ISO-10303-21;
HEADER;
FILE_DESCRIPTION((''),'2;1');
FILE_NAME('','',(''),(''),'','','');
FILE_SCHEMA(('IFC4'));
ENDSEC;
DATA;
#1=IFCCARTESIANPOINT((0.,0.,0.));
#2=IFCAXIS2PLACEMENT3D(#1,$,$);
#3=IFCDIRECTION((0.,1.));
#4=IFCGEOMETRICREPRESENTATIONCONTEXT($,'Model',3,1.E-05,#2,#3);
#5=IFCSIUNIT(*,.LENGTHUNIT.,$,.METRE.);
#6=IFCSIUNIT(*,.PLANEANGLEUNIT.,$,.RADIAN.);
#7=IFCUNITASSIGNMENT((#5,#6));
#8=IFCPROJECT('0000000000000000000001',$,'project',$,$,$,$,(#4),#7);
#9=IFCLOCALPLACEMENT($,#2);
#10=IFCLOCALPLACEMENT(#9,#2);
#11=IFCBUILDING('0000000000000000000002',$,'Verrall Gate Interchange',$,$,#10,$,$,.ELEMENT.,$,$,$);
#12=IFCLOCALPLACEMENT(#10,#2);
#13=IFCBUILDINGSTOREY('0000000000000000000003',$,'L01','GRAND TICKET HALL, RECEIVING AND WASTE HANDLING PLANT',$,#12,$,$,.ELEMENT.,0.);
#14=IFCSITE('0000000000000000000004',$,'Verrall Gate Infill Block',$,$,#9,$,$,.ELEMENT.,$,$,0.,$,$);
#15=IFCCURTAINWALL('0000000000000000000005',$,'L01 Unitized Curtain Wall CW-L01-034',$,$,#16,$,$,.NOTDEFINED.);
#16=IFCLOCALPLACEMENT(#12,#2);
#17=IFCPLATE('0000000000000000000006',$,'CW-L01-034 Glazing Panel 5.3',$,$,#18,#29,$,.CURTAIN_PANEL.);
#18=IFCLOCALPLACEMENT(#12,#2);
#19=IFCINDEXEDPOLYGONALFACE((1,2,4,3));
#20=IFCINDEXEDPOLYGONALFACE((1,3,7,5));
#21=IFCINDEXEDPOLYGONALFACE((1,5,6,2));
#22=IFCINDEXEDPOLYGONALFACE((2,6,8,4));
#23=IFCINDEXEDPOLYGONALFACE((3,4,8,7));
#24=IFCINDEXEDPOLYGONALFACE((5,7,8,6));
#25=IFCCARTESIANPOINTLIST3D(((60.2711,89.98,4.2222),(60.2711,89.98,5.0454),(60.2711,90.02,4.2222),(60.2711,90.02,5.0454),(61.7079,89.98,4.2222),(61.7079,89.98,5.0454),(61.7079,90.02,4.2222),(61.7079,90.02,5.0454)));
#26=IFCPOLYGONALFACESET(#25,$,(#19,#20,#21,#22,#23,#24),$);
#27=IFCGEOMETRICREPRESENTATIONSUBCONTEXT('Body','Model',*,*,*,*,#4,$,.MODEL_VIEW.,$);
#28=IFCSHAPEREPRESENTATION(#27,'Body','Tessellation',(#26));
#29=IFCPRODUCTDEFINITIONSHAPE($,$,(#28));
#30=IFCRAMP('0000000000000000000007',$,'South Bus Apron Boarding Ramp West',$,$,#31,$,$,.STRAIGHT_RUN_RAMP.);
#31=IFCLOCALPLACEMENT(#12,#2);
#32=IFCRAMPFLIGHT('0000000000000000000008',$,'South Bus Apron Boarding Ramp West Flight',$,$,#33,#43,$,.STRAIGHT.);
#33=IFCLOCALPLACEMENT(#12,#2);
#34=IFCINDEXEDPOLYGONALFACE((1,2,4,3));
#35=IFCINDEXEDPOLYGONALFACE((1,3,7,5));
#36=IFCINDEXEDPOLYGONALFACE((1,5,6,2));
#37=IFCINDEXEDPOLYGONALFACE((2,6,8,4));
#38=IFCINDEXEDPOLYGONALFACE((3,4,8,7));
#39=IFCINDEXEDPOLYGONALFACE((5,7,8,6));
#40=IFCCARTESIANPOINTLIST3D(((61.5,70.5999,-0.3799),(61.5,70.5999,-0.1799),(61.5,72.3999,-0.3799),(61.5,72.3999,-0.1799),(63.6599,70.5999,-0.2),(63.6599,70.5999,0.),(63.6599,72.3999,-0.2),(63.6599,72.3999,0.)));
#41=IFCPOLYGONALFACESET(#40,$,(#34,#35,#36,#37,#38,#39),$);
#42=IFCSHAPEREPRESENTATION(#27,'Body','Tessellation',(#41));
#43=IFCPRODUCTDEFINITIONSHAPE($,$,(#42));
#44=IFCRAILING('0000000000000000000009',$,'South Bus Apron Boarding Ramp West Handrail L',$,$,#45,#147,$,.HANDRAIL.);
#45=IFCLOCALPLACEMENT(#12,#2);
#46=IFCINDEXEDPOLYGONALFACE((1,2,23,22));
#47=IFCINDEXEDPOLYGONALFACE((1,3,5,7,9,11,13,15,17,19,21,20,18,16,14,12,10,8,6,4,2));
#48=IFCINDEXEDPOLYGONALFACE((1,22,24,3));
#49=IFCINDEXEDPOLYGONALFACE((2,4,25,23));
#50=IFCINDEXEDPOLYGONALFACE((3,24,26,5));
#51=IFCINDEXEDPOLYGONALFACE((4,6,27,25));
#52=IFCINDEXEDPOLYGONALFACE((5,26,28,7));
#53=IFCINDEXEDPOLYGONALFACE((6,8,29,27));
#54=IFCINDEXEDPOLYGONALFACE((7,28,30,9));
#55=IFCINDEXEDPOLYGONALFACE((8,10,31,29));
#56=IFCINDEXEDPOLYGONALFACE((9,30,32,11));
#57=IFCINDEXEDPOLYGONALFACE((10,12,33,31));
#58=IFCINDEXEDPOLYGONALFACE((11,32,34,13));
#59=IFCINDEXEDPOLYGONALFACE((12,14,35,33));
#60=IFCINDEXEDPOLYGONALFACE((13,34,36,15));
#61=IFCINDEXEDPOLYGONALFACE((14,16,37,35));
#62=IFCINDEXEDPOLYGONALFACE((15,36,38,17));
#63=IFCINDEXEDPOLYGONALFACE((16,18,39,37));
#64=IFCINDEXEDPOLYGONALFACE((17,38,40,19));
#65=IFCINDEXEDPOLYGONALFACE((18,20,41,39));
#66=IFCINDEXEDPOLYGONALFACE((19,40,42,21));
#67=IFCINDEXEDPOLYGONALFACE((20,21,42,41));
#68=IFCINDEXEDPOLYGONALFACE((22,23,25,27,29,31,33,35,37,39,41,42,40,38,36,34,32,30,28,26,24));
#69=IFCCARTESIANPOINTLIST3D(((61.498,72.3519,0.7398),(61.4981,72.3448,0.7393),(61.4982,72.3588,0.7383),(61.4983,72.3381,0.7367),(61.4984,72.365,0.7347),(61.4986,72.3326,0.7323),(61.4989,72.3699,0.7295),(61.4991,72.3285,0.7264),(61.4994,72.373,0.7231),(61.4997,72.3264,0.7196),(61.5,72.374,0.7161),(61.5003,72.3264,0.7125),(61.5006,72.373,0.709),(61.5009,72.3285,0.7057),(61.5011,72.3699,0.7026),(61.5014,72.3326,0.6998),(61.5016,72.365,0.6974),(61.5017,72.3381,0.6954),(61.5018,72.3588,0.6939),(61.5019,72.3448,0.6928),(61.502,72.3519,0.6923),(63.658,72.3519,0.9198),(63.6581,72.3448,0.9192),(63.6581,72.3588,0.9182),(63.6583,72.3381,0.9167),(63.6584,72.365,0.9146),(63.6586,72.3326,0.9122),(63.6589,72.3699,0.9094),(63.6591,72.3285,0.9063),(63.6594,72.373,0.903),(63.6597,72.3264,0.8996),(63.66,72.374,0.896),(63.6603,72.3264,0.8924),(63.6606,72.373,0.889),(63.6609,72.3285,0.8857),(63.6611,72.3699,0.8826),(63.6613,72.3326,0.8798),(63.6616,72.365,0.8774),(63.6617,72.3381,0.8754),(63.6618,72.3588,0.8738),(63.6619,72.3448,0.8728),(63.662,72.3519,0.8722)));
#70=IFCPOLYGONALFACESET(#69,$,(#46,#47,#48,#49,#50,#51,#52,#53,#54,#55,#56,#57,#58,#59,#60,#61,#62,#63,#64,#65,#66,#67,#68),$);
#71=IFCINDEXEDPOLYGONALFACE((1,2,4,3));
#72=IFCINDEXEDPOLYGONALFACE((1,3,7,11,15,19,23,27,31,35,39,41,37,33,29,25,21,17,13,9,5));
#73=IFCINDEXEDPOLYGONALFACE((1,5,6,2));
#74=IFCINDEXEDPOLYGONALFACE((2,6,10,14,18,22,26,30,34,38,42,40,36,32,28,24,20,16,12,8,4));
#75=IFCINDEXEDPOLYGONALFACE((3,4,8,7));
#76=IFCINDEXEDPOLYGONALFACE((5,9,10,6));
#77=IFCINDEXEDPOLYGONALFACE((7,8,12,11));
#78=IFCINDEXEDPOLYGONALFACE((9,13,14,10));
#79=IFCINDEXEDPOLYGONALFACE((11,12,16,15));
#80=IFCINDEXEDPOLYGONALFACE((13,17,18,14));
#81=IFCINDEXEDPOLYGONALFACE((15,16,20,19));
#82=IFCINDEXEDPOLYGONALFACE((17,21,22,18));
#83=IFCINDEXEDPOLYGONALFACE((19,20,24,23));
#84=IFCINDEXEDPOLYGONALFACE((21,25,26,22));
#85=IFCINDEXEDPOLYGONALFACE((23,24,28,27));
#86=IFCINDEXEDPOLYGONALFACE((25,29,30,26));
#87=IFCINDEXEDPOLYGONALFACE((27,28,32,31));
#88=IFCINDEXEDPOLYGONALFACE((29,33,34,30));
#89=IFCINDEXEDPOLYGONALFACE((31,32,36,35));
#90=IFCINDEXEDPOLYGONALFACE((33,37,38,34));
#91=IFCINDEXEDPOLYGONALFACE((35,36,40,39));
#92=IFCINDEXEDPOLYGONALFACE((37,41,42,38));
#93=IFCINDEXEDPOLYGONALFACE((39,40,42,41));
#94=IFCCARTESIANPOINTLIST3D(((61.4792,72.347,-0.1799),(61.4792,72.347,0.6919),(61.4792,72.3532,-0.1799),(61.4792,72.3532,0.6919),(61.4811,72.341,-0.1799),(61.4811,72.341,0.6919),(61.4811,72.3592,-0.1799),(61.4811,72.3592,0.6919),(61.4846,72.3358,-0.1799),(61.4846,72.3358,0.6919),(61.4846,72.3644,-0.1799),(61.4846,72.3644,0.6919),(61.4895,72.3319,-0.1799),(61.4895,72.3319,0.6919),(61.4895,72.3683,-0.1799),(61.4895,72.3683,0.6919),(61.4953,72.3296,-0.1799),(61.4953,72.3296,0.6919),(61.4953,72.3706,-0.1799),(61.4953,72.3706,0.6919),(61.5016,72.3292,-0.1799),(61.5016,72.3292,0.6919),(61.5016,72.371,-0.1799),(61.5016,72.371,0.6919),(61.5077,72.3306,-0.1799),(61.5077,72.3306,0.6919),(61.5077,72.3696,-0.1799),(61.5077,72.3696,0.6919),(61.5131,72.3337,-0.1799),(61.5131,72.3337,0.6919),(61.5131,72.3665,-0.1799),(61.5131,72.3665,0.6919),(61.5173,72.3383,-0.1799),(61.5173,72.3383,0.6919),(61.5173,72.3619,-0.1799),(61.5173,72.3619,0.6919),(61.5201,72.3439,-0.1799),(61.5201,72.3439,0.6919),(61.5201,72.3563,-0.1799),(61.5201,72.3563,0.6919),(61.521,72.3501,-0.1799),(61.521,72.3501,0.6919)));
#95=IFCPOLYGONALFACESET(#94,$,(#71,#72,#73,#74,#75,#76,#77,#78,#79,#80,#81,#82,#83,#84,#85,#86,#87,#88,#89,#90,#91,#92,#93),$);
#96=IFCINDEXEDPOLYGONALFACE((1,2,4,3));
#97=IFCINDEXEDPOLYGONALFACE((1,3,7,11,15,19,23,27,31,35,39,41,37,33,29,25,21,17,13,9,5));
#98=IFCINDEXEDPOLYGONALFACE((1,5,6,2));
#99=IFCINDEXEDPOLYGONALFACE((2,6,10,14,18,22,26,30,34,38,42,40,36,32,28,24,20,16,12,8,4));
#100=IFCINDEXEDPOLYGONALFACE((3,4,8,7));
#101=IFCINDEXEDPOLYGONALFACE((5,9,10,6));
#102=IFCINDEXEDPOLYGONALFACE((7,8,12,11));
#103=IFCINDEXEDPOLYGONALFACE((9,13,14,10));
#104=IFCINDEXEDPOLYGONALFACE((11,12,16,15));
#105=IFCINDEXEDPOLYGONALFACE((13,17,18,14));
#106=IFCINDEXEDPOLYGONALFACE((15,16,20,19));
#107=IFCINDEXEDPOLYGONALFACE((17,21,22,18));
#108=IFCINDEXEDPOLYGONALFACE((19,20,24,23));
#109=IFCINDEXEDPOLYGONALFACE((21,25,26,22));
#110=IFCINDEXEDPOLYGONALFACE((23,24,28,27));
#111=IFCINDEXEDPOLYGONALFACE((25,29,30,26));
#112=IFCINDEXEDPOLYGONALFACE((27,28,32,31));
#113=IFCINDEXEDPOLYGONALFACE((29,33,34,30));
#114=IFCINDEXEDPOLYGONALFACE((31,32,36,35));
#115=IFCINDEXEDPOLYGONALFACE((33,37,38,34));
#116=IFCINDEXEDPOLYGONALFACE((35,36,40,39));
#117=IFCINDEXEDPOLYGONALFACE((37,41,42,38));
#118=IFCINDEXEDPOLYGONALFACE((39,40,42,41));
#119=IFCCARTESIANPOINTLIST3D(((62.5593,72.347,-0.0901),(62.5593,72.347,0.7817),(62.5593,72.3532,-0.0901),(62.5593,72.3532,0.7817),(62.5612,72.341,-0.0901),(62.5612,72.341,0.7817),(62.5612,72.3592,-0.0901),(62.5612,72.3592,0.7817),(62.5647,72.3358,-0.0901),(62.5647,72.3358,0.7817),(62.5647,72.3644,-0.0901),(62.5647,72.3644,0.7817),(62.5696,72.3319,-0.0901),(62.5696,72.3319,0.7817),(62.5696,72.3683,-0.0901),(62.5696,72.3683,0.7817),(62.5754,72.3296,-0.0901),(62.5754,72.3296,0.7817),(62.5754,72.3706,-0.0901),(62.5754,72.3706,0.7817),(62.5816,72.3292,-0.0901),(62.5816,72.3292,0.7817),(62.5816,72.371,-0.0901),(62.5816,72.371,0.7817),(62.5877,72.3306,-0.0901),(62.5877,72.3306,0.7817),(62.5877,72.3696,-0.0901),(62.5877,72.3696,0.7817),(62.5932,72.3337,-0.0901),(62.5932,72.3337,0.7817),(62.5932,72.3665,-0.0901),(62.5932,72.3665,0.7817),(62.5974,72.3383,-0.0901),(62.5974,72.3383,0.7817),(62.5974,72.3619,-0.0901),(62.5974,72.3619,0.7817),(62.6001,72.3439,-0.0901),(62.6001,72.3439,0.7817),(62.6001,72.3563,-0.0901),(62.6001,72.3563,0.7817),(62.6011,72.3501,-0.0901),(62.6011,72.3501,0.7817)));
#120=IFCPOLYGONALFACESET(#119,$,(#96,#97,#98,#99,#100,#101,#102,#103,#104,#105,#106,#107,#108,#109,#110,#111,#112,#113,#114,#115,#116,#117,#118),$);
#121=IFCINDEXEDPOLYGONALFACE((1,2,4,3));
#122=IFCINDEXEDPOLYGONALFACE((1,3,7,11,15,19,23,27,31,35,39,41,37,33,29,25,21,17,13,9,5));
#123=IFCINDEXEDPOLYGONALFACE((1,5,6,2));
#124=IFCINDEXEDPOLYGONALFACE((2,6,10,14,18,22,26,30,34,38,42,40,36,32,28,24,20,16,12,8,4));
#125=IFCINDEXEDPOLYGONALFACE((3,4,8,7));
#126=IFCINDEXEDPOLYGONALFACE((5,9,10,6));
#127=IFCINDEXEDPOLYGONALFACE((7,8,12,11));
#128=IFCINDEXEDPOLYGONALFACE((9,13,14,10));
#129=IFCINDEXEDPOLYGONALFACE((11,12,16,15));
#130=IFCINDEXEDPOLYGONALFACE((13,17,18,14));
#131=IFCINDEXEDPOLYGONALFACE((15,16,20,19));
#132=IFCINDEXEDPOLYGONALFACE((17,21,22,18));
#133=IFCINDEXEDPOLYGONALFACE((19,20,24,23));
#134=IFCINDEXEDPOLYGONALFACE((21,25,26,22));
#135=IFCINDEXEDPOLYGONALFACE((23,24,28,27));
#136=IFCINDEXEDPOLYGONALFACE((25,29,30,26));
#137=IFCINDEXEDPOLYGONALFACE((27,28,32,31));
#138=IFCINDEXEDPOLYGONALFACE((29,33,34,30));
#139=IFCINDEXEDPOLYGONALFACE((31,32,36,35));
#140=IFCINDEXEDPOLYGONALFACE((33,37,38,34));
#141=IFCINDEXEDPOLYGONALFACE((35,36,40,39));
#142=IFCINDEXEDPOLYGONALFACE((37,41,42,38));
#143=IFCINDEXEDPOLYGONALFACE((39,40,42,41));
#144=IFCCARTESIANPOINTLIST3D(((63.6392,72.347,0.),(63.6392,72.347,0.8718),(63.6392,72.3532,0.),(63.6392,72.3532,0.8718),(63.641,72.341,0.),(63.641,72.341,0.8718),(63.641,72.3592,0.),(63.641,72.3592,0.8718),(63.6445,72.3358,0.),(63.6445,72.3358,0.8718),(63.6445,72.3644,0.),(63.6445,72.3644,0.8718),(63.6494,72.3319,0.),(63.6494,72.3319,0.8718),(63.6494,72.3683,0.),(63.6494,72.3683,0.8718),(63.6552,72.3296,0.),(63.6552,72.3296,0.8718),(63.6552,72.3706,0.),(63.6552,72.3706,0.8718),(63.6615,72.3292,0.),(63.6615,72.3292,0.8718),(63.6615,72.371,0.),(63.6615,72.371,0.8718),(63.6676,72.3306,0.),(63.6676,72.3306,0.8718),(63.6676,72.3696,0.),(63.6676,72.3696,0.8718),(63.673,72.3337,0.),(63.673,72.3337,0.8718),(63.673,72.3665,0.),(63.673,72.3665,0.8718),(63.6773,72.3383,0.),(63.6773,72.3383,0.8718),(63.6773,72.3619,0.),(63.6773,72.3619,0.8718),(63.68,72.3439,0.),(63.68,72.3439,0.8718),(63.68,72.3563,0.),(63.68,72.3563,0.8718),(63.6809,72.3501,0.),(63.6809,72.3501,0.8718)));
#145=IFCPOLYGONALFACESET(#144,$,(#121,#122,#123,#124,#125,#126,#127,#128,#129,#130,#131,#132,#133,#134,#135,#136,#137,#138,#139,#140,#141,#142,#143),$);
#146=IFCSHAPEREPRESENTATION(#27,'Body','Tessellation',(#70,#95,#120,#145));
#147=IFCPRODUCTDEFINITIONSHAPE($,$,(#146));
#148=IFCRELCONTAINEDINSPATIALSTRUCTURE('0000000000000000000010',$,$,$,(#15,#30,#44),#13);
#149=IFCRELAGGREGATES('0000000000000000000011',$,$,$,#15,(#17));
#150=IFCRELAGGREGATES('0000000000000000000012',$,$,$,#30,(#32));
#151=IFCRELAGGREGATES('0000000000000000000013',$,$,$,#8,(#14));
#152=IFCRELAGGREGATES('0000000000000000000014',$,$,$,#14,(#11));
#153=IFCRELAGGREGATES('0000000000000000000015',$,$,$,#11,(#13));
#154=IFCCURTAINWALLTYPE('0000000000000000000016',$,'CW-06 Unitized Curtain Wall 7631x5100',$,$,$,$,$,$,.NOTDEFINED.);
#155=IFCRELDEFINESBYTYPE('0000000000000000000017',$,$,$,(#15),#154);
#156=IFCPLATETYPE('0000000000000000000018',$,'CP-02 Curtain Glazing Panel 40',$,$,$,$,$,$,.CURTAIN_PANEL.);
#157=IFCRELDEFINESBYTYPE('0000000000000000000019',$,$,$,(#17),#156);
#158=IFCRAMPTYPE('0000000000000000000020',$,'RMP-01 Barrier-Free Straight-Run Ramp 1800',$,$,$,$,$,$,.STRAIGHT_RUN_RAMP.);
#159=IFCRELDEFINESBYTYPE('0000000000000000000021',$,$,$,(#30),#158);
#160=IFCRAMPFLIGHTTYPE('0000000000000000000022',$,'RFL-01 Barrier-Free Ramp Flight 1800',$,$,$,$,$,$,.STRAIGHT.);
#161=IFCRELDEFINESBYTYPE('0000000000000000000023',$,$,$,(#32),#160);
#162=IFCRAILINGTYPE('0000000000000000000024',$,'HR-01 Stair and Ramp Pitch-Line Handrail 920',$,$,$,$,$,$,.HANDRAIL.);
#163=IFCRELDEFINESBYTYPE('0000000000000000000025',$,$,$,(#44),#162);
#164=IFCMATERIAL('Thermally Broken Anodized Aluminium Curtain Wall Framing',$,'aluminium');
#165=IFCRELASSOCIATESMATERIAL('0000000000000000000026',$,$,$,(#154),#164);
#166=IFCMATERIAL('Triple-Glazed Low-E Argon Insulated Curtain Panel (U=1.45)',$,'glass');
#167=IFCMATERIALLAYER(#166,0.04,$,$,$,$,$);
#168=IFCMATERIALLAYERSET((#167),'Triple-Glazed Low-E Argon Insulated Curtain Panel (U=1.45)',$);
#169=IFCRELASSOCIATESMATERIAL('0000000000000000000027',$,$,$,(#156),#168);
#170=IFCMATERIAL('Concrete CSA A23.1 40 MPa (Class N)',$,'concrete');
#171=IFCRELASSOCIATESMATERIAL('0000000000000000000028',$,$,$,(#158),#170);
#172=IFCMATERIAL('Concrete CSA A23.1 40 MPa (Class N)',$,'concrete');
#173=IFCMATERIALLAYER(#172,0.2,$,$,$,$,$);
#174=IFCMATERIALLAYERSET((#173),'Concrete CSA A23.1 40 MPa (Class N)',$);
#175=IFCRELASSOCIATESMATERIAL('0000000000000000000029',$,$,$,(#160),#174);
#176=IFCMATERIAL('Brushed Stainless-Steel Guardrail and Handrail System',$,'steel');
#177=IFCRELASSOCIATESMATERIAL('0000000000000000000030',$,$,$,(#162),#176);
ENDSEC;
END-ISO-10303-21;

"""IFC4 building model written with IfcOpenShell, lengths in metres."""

from ifc_helpers import new_model, si_unit, direction, frame, origin, origin_2d, place, context, subcontext, project, spatial, polyline, rectangle, circle, outline, extrude, material, layer, layer_set, type_object, element, aggregate, save


model = new_model("IFC4")

# Units and contexts
model_context = context("Model", 3, precision=1e-05, world=origin(), true_north=direction((0.0, 1.0)))
body_context = subcontext(model_context, "Body", "Model", "MODEL_VIEW")
ifc_project = project(units=[si_unit("LENGTHUNIT", "METRE"), si_unit("PLANEANGLEUNIT", "RADIAN")], contexts=[model_context])

# Site, building, storey
site_placement = place(None, origin())
site = spatial("IfcSite", under=ifc_project, at=site_placement, Name="Verrall Gate Infill Block", CompositionType="ELEMENT", RefElevation=0.0)
building_placement = place(site_placement, origin())
building = spatial("IfcBuilding", under=site, at=building_placement, Name="Verrall Gate Interchange", CompositionType="ELEMENT")
storey_placement = place(building_placement, origin())
storey = spatial("IfcBuildingStorey", under=building, at=storey_placement, Name="L01", Description="GRAND TICKET HALL, RECEIVING AND WASTE HANDLING PLANT", CompositionType="ELEMENT", Elevation=0.0)

# Curtain wall
ifc_material_1 = material(Name="Thermally Broken Anodized Aluminium Curtain Wall Framing", Category="aluminium")
curtain_wall_type = type_object("IfcCurtainWallType", Name="CW-06 Unitized Curtain Wall 7631x5100", PredefinedType="NOTDEFINED", material=ifc_material_1)
curtain_wall_placement = place(storey_placement, origin())
curtain_wall = element("IfcCurtainWall", 1, at=curtain_wall_placement, inside=storey, type_object=curtain_wall_type, Name="L01 Unitized Curtain Wall CW-L01-034", PredefinedType="NOTDEFINED")

# Plate
ifc_material_2 = material(Name="Triple-Glazed Low-E Argon Insulated Curtain Panel (U=1.45)", Category="glass")
ifc_layer_1 = layer(ifc_material_2, 0.04)
ifc_layer_set_1 = layer_set([ifc_layer_1], Name="Triple-Glazed Low-E Argon Insulated Curtain Panel (U=1.45)")
plate_type_1 = type_object("IfcPlateType", Name="CP-02 Curtain Glazing Panel 40", PredefinedType="CURTAIN_PANEL", material=ifc_layer_set_1)
plate_1_placement = place(storey_placement, frame((60.9895, 90.0, 4.2222), z_axis=(0.0, 0.0, 1.0), x_axis=(-1.0, 0.0, 0.0)))
plate_1 = element("IfcPlate", 2, at=plate_1_placement, type_object=plate_type_1, Name="CW-L01-034 Glazing Panel 5.3", PredefinedType="CURTAIN_PANEL", context=body_context, shape_type="SweptSolid", body=[
    extrude(rectangle(XDim=1.4368, YDim=0.04, at=origin_2d()), origin(), (0.0, 0.0, 1.0), 0.8232),
])
aggregate(curtain_wall, [plate_1])

# Ramp, ramp flight
ifc_material_3 = material(Name="Concrete CSA A23.1 40 MPa (Class N)", Category="concrete")
ramp_type = type_object("IfcRampType", Name="RMP-01 Barrier-Free Straight-Run Ramp 1800", PredefinedType="STRAIGHT_RUN_RAMP", material=ifc_material_3)
ramp_placement = place(storey_placement, origin())
ramp = element("IfcRamp", 3, at=ramp_placement, inside=storey, type_object=ramp_type, Name="South Bus Apron Boarding Ramp West", PredefinedType="STRAIGHT_RUN_RAMP")
ifc_material_4 = material(Name="Concrete CSA A23.1 40 MPa (Class N)", Category="concrete")
ifc_layer_2 = layer(ifc_material_4, 0.2)
ifc_layer_set_2 = layer_set([ifc_layer_2], Name="Concrete CSA A23.1 40 MPa (Class N)")
ramp_flight_type = type_object("IfcRampFlightType", Name="RFL-01 Barrier-Free Ramp Flight 1800", PredefinedType="STRAIGHT", material=ifc_layer_set_2)
ramp_flight_placement = place(storey_placement, frame((61.5, 71.5, -0.1799), z_axis=(0.0, 0.0, 1.0), x_axis=(1.0, 0.0, 0.0)))
ramp_flight = element("IfcRampFlight", 4, at=ramp_flight_placement, type_object=ramp_flight_type, Name="South Bus Apron Boarding Ramp West Flight", PredefinedType="STRAIGHT", context=body_context, shape_type="SweptSolid", body=[
    extrude(outline(polyline([(0.0, -0.2), (0.0, 0.0), (2.1599, 0.1799), (2.1599, -0.02), (0.0, -0.2)])), frame((0.0, 0.8999, 0.0), z_axis=(0.0, -1.0, 0.0), x_axis=(1.0, 0.0, 0.0)), (0.0, 0.0, 1.0), 1.8),
])
aggregate(ramp, [ramp_flight])

# Railing
ifc_material_5 = material(Name="Brushed Stainless-Steel Guardrail and Handrail System", Category="steel")
railing_type = type_object("IfcRailingType", Name="HR-01 Stair and Ramp Pitch-Line Handrail 920", PredefinedType="HANDRAIL", material=ifc_material_5)
for number, where, name in (
    (5, (61.5, 72.3501, -0.1799), "South Bus Apron Boarding Ramp West Handrail L"),
):
    element("IfcRailing", number, at=place(storey_placement, frame(where)), inside=storey, type_object=railing_type, Name=name, PredefinedType="HANDRAIL", context=body_context, shape_type="SweptSolid", body=[
        extrude(circle(Radius=0.0239, at=origin_2d()), frame((0.0, 0.0, 0.896), z_axis=(0.996548, 0.0, 0.083018), x_axis=(0.0, 1.0, 0.0)), (0.0, 0.0, 1.0), 2.1675),
        extrude(circle(Radius=0.021, at=origin_2d()), origin(), (0.0, 0.0, 1.0), 0.8718),
        extrude(circle(Radius=0.021, at=origin_2d()), frame((1.0801, 0.0, 0.0898)), (0.0, 0.0, 1.0), 0.8718),
        extrude(circle(Radius=0.021, at=origin_2d()), frame((2.1599, 0.0, 0.1799)), (0.0, 0.0, 1.0), 0.8718),
    ])

save(model, "model.ifc")
